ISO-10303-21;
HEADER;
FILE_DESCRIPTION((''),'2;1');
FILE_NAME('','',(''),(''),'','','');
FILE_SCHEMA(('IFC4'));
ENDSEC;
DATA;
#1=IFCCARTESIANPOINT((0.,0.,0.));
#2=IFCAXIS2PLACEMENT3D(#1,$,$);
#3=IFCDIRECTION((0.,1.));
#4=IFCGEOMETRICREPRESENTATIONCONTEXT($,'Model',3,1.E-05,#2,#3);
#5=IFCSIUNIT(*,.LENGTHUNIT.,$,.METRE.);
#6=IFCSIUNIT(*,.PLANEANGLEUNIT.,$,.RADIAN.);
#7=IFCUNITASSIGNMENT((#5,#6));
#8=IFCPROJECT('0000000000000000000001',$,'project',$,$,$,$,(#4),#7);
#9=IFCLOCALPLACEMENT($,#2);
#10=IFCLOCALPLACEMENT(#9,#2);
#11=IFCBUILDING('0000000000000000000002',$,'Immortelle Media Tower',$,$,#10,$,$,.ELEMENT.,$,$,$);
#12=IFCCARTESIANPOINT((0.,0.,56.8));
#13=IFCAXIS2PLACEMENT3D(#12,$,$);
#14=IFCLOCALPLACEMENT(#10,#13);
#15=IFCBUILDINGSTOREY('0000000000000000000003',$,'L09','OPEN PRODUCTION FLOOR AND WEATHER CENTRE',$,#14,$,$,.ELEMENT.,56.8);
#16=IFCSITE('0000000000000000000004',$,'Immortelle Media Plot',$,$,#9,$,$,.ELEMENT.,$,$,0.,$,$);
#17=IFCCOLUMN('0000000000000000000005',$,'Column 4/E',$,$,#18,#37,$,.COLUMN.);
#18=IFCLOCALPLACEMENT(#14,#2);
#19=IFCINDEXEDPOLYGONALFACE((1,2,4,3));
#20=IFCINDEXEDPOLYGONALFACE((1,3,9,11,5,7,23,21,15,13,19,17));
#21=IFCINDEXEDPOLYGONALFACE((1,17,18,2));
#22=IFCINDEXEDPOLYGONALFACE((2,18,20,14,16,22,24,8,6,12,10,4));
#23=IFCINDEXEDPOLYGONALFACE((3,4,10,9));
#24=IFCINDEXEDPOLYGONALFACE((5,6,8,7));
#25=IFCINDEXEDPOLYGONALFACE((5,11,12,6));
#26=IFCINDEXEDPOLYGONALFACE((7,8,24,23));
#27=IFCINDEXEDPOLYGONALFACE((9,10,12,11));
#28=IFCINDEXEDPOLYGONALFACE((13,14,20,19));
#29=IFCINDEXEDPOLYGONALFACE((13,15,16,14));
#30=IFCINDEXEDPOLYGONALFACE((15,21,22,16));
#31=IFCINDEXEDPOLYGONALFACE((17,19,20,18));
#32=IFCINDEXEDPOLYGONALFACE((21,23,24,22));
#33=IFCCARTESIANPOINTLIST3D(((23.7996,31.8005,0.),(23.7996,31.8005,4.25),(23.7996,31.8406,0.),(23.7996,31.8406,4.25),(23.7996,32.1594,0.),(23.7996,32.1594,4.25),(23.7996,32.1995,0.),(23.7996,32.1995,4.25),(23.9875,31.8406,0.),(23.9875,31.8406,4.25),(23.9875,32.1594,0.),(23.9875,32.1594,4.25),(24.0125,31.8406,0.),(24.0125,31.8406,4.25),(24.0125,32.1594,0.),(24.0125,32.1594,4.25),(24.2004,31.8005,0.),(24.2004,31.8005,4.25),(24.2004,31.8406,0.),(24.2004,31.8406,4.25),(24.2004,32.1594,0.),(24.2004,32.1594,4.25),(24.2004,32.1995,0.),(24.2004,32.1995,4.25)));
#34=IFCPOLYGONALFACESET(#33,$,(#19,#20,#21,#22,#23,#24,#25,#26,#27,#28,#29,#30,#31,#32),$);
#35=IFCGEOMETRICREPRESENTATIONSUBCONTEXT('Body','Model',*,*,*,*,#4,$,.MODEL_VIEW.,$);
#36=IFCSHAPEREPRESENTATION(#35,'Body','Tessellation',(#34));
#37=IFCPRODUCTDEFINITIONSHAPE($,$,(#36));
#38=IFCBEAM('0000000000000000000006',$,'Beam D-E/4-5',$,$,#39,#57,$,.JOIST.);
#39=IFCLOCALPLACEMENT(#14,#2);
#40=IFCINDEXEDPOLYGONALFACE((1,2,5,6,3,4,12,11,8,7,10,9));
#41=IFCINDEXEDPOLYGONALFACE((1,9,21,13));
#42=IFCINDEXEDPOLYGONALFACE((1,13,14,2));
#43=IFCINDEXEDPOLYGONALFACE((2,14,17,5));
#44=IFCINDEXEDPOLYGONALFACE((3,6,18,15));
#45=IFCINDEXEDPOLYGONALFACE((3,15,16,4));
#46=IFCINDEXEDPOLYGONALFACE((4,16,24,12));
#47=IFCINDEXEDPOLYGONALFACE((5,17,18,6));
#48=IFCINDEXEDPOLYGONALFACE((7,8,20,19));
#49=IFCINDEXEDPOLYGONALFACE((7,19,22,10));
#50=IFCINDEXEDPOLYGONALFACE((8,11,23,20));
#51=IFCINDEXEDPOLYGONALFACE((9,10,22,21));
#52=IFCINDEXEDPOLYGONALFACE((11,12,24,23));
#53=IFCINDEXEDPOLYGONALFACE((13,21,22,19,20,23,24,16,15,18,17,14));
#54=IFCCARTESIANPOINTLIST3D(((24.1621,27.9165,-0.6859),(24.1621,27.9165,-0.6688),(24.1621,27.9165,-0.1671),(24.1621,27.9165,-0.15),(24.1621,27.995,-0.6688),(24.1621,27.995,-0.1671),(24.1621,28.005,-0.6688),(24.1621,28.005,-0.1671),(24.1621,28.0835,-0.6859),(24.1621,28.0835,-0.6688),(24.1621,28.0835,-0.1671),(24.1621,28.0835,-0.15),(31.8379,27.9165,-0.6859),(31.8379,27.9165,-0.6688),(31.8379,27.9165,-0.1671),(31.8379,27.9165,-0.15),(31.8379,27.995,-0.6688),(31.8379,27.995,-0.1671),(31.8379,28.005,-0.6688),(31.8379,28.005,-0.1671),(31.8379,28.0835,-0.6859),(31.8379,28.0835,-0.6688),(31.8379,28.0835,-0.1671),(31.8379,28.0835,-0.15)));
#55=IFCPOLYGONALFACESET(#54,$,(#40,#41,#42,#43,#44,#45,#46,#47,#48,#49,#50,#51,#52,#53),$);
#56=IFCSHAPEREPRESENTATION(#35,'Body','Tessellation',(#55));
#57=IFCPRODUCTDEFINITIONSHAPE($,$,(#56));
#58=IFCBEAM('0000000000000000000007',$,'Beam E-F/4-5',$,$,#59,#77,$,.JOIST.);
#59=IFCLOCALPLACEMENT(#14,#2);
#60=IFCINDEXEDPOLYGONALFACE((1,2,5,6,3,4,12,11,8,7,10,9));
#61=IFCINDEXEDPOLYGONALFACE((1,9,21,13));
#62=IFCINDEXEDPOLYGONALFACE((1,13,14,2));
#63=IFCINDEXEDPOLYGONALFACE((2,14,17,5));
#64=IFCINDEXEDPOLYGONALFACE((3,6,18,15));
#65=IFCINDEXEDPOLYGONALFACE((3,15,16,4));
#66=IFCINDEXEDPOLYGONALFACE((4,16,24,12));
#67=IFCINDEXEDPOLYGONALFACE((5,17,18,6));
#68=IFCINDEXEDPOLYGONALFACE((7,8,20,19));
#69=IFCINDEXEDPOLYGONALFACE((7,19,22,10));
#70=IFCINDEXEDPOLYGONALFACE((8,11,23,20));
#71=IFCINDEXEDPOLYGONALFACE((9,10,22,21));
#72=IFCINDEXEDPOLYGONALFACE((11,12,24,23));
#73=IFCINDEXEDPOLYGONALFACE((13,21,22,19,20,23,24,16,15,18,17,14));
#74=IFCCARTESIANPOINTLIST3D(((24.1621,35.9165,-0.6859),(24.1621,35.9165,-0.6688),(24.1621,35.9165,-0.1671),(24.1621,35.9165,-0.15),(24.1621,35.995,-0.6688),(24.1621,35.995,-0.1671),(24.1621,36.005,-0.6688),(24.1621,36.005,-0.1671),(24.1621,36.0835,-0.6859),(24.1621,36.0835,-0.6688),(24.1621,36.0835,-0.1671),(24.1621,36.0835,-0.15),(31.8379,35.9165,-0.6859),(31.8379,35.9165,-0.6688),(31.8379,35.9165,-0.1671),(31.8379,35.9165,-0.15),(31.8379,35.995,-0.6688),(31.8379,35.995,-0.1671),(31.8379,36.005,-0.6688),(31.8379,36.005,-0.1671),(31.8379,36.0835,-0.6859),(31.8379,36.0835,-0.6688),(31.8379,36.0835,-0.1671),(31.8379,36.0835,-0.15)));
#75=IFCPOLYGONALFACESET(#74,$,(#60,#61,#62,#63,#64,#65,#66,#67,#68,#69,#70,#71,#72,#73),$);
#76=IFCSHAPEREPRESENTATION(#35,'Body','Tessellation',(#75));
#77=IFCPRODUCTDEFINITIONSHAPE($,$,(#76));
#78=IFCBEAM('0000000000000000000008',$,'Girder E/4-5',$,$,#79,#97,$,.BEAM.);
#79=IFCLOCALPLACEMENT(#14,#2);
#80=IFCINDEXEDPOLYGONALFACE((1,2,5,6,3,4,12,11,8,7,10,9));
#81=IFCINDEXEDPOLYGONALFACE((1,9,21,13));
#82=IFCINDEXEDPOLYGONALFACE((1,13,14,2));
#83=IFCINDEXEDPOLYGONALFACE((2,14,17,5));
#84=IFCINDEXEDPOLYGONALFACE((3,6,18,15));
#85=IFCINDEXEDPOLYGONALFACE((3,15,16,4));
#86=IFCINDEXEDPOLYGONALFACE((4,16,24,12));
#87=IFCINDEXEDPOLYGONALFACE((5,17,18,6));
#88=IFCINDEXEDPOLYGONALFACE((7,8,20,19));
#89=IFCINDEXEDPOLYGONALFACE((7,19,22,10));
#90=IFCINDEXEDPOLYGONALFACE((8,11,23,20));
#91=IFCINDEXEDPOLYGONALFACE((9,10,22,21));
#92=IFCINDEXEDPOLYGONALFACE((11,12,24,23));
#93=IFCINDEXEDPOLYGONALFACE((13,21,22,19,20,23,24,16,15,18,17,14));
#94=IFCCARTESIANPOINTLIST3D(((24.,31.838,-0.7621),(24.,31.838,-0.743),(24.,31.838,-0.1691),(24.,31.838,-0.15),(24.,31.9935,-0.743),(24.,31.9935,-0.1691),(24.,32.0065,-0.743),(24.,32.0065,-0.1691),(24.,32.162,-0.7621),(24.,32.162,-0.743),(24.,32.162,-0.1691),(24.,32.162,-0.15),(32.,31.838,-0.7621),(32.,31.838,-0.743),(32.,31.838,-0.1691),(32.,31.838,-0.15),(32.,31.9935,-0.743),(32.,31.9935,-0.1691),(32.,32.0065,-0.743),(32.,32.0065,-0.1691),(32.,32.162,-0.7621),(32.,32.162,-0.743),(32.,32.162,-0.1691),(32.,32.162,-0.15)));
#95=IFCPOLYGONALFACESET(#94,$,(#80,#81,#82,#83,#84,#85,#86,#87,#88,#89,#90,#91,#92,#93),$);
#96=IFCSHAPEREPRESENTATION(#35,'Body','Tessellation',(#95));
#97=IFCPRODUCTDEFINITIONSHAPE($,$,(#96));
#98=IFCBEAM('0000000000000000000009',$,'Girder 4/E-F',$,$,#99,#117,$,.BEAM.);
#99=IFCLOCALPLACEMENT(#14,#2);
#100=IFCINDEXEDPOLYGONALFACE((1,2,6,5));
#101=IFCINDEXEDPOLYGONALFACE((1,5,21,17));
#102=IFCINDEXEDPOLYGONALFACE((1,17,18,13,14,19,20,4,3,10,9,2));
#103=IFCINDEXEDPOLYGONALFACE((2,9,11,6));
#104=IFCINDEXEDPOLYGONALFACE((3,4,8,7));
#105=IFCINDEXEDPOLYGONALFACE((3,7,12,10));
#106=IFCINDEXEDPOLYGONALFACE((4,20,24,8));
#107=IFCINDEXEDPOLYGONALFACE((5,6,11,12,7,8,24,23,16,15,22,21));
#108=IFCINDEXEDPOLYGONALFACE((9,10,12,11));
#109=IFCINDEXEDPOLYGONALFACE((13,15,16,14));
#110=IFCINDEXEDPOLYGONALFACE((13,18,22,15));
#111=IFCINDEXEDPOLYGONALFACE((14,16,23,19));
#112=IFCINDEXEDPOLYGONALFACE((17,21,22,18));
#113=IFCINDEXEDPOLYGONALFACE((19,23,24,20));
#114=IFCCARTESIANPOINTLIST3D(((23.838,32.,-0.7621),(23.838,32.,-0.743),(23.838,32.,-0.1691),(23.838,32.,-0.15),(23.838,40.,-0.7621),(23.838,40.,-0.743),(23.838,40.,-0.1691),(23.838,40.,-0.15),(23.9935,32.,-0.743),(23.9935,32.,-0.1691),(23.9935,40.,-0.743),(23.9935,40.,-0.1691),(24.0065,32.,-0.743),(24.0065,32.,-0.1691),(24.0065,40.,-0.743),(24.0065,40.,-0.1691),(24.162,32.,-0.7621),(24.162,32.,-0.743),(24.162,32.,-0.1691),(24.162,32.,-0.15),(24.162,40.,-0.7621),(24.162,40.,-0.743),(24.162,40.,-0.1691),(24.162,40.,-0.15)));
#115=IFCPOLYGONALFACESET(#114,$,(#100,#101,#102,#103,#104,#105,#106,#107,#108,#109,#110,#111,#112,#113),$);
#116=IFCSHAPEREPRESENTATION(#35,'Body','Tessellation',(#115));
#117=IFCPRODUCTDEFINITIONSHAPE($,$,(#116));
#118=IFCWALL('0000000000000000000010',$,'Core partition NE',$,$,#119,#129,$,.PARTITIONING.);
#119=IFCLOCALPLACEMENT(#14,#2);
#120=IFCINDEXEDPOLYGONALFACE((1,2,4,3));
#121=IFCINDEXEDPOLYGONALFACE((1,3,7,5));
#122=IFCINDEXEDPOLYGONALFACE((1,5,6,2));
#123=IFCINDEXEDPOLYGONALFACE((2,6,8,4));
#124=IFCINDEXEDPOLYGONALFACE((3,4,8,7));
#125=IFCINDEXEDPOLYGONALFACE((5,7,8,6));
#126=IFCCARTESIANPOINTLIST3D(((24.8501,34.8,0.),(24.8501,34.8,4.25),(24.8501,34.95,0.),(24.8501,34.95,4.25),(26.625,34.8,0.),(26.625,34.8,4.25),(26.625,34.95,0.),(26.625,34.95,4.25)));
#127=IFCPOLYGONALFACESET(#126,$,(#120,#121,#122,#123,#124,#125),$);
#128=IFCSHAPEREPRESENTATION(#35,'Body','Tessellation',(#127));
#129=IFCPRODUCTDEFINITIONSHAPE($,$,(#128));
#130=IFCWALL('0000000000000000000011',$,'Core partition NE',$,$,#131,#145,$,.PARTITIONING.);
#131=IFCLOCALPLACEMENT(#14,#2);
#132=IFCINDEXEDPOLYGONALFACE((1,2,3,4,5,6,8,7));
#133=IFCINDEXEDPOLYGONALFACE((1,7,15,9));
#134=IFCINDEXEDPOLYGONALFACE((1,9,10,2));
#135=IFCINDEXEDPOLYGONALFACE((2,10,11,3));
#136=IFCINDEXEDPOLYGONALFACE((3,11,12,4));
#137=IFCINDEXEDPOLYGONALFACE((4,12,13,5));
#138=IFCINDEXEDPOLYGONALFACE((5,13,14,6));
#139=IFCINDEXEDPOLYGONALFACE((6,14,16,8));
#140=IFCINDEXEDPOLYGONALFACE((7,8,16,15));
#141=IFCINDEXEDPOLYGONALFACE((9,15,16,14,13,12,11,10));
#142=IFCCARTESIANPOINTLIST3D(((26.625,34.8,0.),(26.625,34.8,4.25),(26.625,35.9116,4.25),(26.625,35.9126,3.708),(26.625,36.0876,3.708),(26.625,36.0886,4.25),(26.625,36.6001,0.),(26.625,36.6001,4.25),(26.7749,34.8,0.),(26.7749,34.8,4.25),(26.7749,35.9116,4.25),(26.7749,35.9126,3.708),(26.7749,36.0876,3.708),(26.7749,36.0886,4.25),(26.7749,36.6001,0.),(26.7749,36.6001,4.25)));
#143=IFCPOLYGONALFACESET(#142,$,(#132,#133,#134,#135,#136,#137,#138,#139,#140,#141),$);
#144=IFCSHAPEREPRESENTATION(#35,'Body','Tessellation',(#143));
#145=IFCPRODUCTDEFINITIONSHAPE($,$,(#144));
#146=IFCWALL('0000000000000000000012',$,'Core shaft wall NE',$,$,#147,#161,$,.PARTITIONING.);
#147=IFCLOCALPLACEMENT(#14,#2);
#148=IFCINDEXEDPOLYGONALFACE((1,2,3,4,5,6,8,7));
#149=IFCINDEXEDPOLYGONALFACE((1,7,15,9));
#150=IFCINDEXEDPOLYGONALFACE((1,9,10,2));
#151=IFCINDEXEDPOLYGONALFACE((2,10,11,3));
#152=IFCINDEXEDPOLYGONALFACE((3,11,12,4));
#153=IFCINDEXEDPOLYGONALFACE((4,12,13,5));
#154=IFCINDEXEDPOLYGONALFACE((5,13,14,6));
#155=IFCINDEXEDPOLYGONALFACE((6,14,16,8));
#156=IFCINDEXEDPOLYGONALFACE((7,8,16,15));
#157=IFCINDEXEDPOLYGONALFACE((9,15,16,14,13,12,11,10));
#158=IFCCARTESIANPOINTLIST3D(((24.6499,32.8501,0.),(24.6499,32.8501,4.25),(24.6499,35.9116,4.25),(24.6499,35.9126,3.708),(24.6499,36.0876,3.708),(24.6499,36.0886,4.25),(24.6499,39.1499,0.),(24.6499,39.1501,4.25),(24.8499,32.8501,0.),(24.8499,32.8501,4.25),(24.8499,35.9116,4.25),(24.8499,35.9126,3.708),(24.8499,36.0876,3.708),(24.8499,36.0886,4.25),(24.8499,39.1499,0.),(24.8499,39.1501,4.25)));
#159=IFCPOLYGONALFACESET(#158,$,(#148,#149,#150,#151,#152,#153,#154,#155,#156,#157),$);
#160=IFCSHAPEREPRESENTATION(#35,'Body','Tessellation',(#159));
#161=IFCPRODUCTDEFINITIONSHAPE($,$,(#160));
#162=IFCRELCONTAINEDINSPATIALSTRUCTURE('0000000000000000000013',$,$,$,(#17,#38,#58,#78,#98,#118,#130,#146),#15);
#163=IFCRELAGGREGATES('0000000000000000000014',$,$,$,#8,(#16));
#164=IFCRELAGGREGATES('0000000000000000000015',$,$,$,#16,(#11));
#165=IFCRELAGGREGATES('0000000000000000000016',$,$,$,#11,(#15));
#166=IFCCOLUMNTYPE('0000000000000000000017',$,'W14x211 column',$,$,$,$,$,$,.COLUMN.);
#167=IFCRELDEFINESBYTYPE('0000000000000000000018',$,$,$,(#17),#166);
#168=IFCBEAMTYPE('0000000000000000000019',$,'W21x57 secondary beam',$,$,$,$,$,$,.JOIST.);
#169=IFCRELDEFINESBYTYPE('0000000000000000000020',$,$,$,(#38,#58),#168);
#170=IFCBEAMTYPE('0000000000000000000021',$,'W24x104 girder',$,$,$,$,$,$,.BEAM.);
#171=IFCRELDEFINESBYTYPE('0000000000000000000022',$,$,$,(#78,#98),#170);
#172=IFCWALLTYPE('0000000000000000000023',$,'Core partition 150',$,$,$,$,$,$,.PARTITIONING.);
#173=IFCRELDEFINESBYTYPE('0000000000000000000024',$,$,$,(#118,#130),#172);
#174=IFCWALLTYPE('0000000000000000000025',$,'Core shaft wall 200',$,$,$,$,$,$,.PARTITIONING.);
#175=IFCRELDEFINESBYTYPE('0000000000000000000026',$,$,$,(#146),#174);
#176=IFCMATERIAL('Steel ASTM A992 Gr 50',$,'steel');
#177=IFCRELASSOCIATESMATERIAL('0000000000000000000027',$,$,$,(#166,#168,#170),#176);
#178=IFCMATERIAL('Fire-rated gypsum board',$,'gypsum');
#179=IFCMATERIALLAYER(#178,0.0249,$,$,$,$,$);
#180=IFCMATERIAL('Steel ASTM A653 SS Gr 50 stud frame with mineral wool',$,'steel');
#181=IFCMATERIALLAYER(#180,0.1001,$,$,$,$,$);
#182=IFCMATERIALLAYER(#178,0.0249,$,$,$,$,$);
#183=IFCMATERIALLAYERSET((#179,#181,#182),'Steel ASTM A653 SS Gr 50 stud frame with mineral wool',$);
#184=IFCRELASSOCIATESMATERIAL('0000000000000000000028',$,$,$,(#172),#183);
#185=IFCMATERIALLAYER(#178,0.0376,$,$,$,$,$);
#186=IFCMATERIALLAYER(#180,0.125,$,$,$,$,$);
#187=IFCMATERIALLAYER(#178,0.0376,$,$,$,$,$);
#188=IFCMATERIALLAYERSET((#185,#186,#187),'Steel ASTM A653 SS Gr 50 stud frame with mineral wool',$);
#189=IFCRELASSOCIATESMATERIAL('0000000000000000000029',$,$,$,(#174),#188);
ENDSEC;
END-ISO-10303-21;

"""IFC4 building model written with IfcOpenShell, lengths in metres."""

from ifc_helpers import new_model, si_unit, direction, frame, frame_2d, origin, origin_2d, place, context, subcontext, project, spatial, polyline, rectangle, i_section, outline, extrude, material, layer, layer_set, material_profile, profile_set, type_object, element, save


model = new_model("IFC4")

# Units and contexts
model_context = context("Model", 3, precision=1e-05, world=origin(), true_north=direction((0.0, 1.0)))
body_context = subcontext(model_context, "Body", "Model", "MODEL_VIEW")
ifc_project = project(units=[si_unit("LENGTHUNIT", "METRE"), si_unit("PLANEANGLEUNIT", "RADIAN")], contexts=[model_context])

# Site, building, storey
site_placement = place(None, origin())
site = spatial("IfcSite", under=ifc_project, at=site_placement, Name="Immortelle Media Plot", CompositionType="ELEMENT", RefElevation=0.0)
building_placement = place(site_placement, origin())
building = spatial("IfcBuilding", under=site, at=building_placement, Name="Immortelle Media Tower", CompositionType="ELEMENT")
storey_placement = place(building_placement, frame((0.0, 0.0, 56.8)))
storey = spatial("IfcBuildingStorey", under=building, at=storey_placement, Name="L09", Description="OPEN PRODUCTION FLOOR AND WEATHER CENTRE", CompositionType="ELEMENT", Elevation=56.8)

# Column
ifc_material_1 = material(Name="Steel ASTM A992 Gr 50", Category="steel")
ifc_material_profile_1 = material_profile(ifc_material_1, i_section(OverallWidth=0.4009, OverallDepth=0.3989, WebThickness=0.0249, FlangeThickness=0.04, at=origin_2d()), Name="W14x211")
ifc_profile_set_1 = profile_set([ifc_material_profile_1], Name="Steel ASTM A992 Gr 50")
column_type = type_object("IfcColumnType", Name="W14x211 column", PredefinedType="COLUMN", material=ifc_profile_set_1)
column_placement = place(storey_placement, frame((24.0, 32.0, 0.0), z_axis=(0.0, 0.0, 1.0), x_axis=(1.0, 0.0, 0.0)))
element("IfcColumn", 1, at=column_placement, inside=storey, type_object=column_type, Name="Column 4/E", PredefinedType="COLUMN", context=body_context, shape_type="SweptSolid", body=[
    extrude(i_section(OverallWidth=0.4009, OverallDepth=0.3989, WebThickness=0.0249, FlangeThickness=0.04, at=origin_2d()), origin(), (0.0, 0.0, 1.0), 4.25),
])

# Beams
ifc_material_profile_2 = material_profile(ifc_material_1, i_section(OverallWidth=0.167, OverallDepth=0.5359, WebThickness=0.01, FlangeThickness=0.0171, at=origin_2d()), Name="W21x57")
ifc_profile_set_2 = profile_set([ifc_material_profile_2], Name="Steel ASTM A992 Gr 50")
beam_type_1 = type_object("IfcBeamType", Name="W21x57 secondary beam", PredefinedType="JOIST", material=ifc_profile_set_2)
for number, where, z_axis, x_axis, name in (
    (2, (24.1621, 28.0, -0.418), (1.0, 0.0, 0.0), (0.0, 1.0, 0.0), "Beam D-E/4-5"),
    (3, (24.1621, 36.0, -0.418), (1.0, 0.0, 0.0), (0.0, 1.0, 0.0), "Beam E-F/4-5"),
):
    element("IfcBeam", number, at=place(storey_placement, frame(where, z_axis=z_axis, x_axis=x_axis)), inside=storey, type_object=beam_type_1, Name=name, PredefinedType="JOIST", context=body_context, shape_type="SweptSolid", body=[
        extrude(i_section(OverallWidth=0.167, OverallDepth=0.5359, WebThickness=0.01, FlangeThickness=0.0171, at=origin_2d()), origin(), (0.0, 0.0, 1.0), 7.6758),
    ])
ifc_material_profile_3 = material_profile(ifc_material_1, i_section(OverallWidth=0.324, OverallDepth=0.6121, WebThickness=0.0129, FlangeThickness=0.019, at=origin_2d()), Name="W24x104")
ifc_profile_set_3 = profile_set([ifc_material_profile_3], Name="Steel ASTM A992 Gr 50")
beam_type_2 = type_object("IfcBeamType", Name="W24x104 girder", PredefinedType="BEAM", material=ifc_profile_set_3)
for number, where, z_axis, x_axis, name in (
    (4, (24.0, 32.0, -0.4561), (1.0, 0.0, 0.0), (0.0, 1.0, 0.0), "Girder E/4-5"),
    (5, (24.0, 32.0, -0.4561), (0.0, 1.0, 0.0), (-1.0, 0.0, 0.0), "Girder 4/E-F"),
):
    element("IfcBeam", number, at=place(storey_placement, frame(where, z_axis=z_axis, x_axis=x_axis)), inside=storey, type_object=beam_type_2, Name=name, PredefinedType="BEAM", context=body_context, shape_type="SweptSolid", body=[
        extrude(i_section(OverallWidth=0.324, OverallDepth=0.6121, WebThickness=0.0129, FlangeThickness=0.019, at=origin_2d()), origin(), (0.0, 0.0, 1.0), 8.0),
    ])

# Walls
ifc_material_2 = material(Name="Fire-rated gypsum board", Category="gypsum")
ifc_layer_1 = layer(ifc_material_2, 0.0249)
ifc_material_3 = material(Name="Steel ASTM A653 SS Gr 50 stud frame with mineral wool", Category="steel")
ifc_layer_2 = layer(ifc_material_3, 0.1001)
ifc_layer_3 = layer(ifc_material_2, 0.0249)
ifc_layer_set_1 = layer_set([ifc_layer_1, ifc_layer_2, ifc_layer_3], Name="Steel ASTM A653 SS Gr 50 stud frame with mineral wool")
wall_type_1 = type_object("IfcWallType", Name="Core partition 150", PredefinedType="PARTITIONING", material=ifc_layer_set_1)
wall_1_placement = place(storey_placement, frame((24.8501, 34.875, 0.0), z_axis=(0.0, 0.0, 1.0), x_axis=(1.0, 0.0, 0.0)))
element("IfcWall", 6, at=wall_1_placement, inside=storey, type_object=wall_type_1, Name="Core partition NE", PredefinedType="PARTITIONING", context=body_context, shape_type="SweptSolid", body=[
    extrude(rectangle(XDim=1.7749, YDim=0.1499, at=frame_2d((0.8875, 0.0))), origin(), (0.0, 0.0, 1.0), 4.25),
])
wall_2_placement = place(storey_placement, frame((26.7, 34.8, 0.0), z_axis=(0.0, 0.0, 1.0), x_axis=(0.0, 1.0, 0.0)))
element("IfcWall", 7, at=wall_2_placement, inside=storey, type_object=wall_type_1, Name="Core partition NE", PredefinedType="PARTITIONING", context=body_context, shape_type="SweptSolid", body=[
    extrude(outline(polyline([(0.0, 0.0), (1.8, 0.0), (1.8, 4.25), (1.2886, 4.25), (1.2876, 3.708), (1.1125, 3.708), (1.1116, 4.25), (0.0, 4.25), (0.0, 0.0)])), frame((0.0, 0.075, 0.0), z_axis=(0.0, -1.0, 0.0), x_axis=(1.0, 0.0, 0.0)), (0.0, 0.0, 1.0), 0.1499),
])
ifc_layer_4 = layer(ifc_material_2, 0.0376)
ifc_layer_5 = layer(ifc_material_3, 0.125)
ifc_layer_6 = layer(ifc_material_2, 0.0376)
ifc_layer_set_2 = layer_set([ifc_layer_4, ifc_layer_5, ifc_layer_6], Name="Steel ASTM A653 SS Gr 50 stud frame with mineral wool")
wall_type_2 = type_object("IfcWallType", Name="Core shaft wall 200", PredefinedType="PARTITIONING", material=ifc_layer_set_2)
wall_3_placement = place(storey_placement, frame((24.75, 32.8501, 0.0), z_axis=(0.0, 0.0, 1.0), x_axis=(0.0, 1.0, 0.0)))
element("IfcWall", 8, at=wall_3_placement, inside=storey, type_object=wall_type_2, Name="Core shaft wall NE", PredefinedType="PARTITIONING", context=body_context, shape_type="SweptSolid", body=[
    extrude(outline(polyline([(0.0, 0.0), (6.2998, 0.0), (6.3, 4.25), (3.2385, 4.25), (3.2375, 3.708), (3.0625, 3.708), (3.0615, 4.25), (0.0, 4.25), (0.0, 0.0)])), frame((0.0, 0.1001, 0.0), z_axis=(0.0, -1.0, 0.0), x_axis=(1.0, 0.0, 0.0)), (0.0, 0.0, 1.0), 0.2),
])

save(model, "model.ifc")
